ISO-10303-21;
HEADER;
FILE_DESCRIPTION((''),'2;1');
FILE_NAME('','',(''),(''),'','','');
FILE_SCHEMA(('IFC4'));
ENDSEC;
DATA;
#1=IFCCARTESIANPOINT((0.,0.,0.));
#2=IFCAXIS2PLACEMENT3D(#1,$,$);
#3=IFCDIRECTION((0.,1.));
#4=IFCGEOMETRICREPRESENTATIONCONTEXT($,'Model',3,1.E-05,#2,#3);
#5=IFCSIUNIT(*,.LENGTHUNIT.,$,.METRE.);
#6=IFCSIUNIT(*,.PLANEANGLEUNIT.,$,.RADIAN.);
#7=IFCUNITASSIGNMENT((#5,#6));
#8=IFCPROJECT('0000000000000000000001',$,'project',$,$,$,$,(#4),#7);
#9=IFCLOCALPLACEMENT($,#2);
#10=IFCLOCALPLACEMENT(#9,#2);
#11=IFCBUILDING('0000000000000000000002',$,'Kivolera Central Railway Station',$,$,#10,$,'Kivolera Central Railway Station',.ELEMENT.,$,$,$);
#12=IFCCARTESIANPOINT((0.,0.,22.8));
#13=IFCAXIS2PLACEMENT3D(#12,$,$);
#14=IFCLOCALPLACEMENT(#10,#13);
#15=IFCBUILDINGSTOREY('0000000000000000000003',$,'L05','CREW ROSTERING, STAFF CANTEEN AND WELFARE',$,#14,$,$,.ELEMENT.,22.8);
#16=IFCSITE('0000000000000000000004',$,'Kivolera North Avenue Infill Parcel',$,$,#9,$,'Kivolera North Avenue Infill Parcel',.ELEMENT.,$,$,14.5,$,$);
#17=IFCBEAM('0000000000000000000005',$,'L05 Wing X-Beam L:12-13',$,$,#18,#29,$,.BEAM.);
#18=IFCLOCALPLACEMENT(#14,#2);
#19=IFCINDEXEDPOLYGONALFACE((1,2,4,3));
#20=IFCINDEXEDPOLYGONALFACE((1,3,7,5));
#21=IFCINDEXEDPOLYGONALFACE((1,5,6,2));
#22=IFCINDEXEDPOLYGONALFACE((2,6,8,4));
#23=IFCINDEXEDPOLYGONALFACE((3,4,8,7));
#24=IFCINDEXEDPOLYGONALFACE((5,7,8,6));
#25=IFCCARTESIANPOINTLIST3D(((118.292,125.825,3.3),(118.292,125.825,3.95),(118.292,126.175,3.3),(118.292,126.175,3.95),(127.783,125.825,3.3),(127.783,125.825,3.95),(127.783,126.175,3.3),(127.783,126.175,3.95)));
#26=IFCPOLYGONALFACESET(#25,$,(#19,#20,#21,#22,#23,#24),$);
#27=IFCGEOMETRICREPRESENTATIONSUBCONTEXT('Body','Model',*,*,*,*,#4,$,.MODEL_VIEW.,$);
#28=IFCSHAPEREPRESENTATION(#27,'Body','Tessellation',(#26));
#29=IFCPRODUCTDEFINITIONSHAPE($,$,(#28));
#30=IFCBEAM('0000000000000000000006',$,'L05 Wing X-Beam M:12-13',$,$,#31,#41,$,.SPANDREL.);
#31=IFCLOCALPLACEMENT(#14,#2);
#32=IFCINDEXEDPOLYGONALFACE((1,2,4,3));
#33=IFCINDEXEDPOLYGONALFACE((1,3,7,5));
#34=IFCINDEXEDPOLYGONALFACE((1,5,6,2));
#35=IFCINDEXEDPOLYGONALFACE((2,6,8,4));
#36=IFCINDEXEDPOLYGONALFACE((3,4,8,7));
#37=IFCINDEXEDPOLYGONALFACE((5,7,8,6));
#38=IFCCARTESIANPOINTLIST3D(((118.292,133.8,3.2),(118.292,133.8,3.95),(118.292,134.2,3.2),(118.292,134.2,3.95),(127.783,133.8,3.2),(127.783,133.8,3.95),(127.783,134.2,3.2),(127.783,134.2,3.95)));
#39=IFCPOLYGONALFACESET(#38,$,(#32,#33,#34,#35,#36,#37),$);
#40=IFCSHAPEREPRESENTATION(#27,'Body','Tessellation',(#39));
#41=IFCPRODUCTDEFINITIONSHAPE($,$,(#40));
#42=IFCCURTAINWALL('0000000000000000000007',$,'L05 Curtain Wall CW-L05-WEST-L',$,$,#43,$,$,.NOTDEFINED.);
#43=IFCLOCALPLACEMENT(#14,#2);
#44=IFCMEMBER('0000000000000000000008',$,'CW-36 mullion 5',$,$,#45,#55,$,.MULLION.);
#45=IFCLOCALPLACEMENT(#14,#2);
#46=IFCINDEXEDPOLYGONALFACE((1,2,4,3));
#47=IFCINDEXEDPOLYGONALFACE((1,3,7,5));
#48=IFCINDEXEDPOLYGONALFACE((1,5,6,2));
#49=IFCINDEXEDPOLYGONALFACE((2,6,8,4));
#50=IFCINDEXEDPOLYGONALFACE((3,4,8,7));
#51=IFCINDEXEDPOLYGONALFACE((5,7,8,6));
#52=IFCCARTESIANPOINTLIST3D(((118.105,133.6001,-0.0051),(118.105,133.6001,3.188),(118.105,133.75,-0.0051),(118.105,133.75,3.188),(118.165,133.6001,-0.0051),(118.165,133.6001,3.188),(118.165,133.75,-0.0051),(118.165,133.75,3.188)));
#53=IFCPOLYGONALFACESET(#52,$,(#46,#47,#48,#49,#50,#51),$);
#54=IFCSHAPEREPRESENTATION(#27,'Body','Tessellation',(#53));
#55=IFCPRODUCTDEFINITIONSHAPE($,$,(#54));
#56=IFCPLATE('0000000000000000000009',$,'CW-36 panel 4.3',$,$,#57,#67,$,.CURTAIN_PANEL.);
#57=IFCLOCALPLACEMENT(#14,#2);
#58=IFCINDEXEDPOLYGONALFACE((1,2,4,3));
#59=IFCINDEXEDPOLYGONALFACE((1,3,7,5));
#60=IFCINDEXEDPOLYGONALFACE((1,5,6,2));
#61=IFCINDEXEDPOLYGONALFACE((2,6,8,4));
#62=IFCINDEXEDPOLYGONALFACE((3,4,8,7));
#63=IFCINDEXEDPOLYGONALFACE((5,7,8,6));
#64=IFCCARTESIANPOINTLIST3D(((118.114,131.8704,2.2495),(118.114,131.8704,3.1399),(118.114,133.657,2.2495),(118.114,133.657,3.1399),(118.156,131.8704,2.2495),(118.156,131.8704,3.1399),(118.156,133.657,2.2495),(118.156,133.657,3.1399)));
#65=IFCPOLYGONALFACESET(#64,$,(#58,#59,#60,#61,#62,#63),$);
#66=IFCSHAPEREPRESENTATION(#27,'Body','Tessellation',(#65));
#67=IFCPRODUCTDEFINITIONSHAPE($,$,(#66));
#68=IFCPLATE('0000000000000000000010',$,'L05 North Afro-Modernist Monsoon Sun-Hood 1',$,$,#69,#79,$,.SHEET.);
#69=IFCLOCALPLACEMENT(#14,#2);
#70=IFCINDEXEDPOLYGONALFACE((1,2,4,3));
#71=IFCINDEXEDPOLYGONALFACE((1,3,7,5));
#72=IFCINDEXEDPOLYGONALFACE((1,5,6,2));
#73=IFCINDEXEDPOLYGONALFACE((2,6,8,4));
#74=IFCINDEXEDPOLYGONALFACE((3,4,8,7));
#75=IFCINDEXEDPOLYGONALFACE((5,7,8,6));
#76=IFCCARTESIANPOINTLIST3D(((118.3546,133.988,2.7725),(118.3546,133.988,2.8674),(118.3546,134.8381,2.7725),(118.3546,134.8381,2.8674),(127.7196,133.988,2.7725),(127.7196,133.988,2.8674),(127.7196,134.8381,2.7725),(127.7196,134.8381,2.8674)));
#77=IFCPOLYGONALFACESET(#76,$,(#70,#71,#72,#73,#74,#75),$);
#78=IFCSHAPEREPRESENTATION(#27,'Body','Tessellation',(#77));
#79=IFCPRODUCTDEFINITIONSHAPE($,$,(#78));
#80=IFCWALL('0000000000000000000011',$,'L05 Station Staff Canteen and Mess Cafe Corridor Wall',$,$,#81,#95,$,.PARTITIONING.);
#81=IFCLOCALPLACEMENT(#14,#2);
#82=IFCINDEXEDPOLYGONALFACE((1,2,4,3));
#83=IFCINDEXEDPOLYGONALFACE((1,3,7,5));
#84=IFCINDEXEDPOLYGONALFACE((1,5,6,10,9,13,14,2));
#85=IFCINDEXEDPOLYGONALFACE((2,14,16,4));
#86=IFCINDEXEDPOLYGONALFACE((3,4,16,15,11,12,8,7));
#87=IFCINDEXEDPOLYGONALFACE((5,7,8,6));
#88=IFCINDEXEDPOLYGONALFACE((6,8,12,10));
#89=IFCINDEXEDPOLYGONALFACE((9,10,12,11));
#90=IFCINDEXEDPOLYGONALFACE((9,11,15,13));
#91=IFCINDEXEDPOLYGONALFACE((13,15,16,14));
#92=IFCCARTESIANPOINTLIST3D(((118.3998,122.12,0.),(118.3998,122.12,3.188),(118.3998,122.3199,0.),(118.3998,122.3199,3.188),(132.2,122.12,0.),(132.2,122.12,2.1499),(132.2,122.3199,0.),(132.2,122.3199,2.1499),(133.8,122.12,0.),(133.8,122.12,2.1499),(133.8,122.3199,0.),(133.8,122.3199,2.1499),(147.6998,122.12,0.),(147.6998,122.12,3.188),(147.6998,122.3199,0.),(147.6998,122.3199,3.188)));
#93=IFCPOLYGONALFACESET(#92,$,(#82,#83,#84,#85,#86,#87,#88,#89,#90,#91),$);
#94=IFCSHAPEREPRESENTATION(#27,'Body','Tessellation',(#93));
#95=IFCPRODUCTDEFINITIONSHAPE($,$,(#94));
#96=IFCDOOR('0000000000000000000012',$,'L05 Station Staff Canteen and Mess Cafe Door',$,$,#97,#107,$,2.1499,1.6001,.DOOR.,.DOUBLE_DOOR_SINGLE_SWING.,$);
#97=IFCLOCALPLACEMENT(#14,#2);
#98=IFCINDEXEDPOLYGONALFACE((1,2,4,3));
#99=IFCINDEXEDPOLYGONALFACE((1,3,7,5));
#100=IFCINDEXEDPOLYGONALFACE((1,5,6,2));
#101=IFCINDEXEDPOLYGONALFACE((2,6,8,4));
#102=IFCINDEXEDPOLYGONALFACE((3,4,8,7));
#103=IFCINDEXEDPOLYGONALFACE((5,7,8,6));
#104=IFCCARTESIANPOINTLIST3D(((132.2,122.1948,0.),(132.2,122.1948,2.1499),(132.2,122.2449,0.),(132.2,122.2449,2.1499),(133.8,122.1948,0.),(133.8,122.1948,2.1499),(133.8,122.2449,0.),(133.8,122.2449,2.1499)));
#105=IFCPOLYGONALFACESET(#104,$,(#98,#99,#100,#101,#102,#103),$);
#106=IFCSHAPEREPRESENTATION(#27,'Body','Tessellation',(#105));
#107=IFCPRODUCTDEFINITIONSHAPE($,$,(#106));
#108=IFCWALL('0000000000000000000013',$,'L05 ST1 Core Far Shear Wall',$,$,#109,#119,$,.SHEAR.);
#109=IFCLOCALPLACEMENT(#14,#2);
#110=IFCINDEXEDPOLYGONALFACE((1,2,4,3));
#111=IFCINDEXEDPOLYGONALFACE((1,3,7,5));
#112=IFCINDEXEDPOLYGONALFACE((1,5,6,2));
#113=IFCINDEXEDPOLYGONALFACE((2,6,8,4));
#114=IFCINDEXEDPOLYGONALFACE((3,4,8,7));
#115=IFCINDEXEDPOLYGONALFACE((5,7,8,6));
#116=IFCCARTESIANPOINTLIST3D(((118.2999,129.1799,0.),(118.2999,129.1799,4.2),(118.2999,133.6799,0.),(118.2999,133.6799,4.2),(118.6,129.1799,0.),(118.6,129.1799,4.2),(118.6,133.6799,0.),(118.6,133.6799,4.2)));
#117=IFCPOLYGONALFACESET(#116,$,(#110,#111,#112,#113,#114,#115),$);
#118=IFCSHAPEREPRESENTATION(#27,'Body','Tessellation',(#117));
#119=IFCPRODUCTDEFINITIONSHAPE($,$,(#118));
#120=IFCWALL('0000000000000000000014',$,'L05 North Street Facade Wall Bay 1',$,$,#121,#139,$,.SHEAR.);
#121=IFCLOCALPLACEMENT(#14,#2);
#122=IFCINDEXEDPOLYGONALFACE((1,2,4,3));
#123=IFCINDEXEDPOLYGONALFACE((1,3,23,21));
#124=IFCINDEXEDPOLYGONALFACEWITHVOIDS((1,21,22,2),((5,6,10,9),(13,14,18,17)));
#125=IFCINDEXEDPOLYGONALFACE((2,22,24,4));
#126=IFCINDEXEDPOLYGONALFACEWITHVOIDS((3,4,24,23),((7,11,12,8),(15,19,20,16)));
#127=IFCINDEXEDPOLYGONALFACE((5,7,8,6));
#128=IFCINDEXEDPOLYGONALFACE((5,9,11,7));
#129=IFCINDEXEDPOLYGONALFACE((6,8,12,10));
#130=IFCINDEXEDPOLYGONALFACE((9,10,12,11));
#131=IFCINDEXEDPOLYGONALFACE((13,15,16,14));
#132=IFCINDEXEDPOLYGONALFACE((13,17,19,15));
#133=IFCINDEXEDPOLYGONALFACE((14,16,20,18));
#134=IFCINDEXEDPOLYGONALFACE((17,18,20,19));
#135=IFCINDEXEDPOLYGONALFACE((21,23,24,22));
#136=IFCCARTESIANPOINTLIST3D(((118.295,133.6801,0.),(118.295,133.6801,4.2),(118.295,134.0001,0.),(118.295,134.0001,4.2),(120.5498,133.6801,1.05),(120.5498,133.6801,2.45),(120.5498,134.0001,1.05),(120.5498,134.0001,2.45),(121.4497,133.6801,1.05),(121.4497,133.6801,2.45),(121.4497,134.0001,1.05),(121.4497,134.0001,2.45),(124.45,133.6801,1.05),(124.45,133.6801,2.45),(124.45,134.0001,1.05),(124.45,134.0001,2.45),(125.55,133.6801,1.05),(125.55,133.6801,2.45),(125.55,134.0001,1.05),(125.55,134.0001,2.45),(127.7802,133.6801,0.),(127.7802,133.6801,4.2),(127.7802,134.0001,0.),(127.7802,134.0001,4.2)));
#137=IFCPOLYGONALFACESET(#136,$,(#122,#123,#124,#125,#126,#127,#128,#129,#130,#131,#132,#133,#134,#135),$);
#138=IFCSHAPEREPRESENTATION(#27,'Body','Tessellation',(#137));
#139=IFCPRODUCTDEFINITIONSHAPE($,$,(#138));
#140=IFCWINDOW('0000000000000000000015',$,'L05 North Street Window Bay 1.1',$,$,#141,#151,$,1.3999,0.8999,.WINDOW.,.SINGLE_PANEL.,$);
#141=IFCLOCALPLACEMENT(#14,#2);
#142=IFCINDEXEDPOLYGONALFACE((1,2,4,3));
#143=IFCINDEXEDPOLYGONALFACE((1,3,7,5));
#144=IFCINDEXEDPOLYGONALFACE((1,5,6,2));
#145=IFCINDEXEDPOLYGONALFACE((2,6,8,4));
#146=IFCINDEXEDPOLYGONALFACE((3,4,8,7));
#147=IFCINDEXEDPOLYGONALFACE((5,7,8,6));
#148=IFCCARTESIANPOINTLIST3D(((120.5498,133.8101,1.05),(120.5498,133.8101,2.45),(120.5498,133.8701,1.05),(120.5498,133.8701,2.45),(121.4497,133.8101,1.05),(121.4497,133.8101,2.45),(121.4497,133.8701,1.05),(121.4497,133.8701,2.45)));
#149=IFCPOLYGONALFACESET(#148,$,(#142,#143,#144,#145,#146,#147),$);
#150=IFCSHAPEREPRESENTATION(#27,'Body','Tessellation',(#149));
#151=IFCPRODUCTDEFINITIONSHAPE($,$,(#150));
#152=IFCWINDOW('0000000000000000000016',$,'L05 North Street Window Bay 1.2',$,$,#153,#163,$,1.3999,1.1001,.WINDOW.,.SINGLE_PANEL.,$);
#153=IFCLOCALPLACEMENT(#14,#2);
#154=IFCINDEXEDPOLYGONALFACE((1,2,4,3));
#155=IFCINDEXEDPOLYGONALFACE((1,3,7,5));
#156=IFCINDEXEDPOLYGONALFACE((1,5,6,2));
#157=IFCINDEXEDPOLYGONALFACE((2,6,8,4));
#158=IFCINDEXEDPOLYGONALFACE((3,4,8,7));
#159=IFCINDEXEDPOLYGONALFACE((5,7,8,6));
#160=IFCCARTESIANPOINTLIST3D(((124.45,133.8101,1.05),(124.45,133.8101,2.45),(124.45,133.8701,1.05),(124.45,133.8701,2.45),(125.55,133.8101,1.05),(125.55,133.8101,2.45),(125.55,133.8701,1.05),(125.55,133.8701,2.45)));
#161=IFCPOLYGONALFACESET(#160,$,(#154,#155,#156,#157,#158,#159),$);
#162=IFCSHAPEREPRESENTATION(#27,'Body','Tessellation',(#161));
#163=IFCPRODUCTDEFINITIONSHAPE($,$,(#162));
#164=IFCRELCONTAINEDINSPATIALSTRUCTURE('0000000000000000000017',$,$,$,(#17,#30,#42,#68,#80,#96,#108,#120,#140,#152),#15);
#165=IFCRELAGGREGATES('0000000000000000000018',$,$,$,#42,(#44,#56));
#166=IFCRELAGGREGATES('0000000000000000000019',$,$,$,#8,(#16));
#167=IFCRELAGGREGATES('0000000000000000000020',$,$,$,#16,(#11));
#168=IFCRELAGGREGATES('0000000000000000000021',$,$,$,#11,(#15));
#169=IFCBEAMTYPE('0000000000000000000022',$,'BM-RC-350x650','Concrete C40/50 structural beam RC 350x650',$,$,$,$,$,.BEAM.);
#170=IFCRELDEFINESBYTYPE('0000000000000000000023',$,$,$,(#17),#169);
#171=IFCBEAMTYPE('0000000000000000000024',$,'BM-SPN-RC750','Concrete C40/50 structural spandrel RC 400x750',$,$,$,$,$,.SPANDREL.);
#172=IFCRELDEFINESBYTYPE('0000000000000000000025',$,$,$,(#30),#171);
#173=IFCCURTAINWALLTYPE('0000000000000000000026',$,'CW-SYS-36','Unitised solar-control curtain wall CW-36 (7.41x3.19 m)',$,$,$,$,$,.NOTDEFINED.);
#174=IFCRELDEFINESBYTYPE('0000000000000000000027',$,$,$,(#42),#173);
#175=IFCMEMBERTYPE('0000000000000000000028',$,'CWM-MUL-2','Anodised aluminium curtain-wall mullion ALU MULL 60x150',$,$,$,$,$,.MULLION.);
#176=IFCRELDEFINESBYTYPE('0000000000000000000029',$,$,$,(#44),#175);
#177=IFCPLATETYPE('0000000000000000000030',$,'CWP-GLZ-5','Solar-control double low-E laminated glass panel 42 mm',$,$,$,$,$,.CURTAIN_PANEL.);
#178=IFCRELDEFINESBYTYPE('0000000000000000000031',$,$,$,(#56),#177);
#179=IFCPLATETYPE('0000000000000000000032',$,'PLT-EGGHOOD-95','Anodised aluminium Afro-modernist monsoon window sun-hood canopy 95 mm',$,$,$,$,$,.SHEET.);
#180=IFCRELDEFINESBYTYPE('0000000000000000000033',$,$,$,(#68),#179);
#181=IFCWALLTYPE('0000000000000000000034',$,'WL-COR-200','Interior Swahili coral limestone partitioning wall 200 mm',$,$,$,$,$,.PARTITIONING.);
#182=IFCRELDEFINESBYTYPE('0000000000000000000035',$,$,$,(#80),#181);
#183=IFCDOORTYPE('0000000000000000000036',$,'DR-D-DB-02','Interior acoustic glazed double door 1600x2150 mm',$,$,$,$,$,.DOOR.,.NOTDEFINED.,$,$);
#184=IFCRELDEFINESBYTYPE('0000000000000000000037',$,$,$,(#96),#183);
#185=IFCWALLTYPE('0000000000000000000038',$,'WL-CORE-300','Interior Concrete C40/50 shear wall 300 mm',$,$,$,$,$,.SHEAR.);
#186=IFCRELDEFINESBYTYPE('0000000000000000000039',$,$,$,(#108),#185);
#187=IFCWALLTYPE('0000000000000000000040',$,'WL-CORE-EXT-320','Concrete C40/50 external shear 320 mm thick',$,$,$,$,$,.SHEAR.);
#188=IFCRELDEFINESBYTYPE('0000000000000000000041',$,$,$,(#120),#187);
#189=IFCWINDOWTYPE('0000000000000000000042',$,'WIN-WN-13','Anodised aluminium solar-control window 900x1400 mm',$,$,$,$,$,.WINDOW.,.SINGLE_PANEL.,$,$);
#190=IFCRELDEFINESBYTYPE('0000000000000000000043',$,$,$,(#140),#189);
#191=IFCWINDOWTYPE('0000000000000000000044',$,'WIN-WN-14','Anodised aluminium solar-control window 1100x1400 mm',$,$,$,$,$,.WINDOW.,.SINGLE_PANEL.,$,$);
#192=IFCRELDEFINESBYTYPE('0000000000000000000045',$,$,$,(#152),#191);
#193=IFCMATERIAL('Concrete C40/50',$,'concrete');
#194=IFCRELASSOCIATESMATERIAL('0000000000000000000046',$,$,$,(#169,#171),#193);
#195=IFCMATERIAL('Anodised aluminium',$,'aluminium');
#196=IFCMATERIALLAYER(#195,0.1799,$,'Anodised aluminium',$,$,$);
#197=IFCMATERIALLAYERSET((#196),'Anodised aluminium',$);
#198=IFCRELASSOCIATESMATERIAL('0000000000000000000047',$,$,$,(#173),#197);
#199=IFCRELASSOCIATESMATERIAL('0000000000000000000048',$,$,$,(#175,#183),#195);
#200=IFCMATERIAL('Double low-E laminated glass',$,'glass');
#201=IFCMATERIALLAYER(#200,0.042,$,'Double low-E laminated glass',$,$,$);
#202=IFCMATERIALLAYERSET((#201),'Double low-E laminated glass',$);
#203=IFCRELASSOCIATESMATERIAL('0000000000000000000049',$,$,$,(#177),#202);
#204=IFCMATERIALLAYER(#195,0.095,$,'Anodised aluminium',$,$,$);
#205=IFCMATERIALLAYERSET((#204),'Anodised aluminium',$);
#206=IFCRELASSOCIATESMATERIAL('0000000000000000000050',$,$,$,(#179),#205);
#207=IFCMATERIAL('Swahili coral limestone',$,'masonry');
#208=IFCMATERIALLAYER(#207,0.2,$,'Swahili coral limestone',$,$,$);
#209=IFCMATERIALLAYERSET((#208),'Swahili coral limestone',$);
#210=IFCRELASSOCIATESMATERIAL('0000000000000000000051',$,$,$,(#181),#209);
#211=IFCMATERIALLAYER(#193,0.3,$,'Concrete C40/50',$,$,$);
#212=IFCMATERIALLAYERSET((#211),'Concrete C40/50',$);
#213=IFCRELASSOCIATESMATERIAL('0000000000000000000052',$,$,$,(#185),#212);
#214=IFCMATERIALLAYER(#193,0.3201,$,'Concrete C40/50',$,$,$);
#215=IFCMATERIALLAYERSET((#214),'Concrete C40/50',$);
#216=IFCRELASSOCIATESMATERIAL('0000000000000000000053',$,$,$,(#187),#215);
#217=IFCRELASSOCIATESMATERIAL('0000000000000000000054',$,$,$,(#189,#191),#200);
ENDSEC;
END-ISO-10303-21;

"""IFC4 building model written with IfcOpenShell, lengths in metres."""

from ifc_helpers import new_model, si_unit, direction, frame, frame_2d, origin, origin_2d, place, context, subcontext, project, spatial, rectangle, extrude, material, layer, layer_set, material_profile, profile_set, type_object, element, fill, aggregate, save


model = new_model("IFC4")

# Units and contexts
model_context = context("Model", 3, precision=1e-05, world=origin(), true_north=direction((0.0, 1.0)))
body_context = subcontext(model_context, "Body", "Model", "MODEL_VIEW")
ifc_project = project(units=[si_unit("LENGTHUNIT", "METRE"), si_unit("PLANEANGLEUNIT", "RADIAN")], contexts=[model_context])

# Site, building, storey
site_placement = place(None, origin())
site = spatial("IfcSite", under=ifc_project, at=site_placement, Name="Kivolera North Avenue Infill Parcel", LongName="Kivolera North Avenue Infill Parcel", CompositionType="ELEMENT", RefElevation=14.5)
building_placement = place(site_placement, origin())
building = spatial("IfcBuilding", under=site, at=building_placement, Name="Kivolera Central Railway Station", LongName="Kivolera Central Railway Station", CompositionType="ELEMENT")
storey_placement = place(building_placement, frame((0.0, 0.0, 22.8)))
storey = spatial("IfcBuildingStorey", under=building, at=storey_placement, Name="L05", Description="CREW ROSTERING, STAFF CANTEEN AND WELFARE", CompositionType="ELEMENT", Elevation=22.8)

# Beams
ifc_material_1 = material(Name="Concrete C40/50", Category="concrete")
ifc_material_profile_1 = material_profile(ifc_material_1, rectangle(XDim=0.3501, YDim=0.6499, at=origin_2d()), Name="RC 350x650")
ifc_profile_set_1 = profile_set([ifc_material_profile_1], Name="Concrete C40/50")
beam_type_1 = type_object("IfcBeamType", Name="BM-RC-350x650", Description="Concrete C40/50 structural beam RC 350x650", PredefinedType="BEAM", material=ifc_profile_set_1)
beam_1_placement = place(storey_placement, frame((118.292, 126.0, 3.625), z_axis=(1.0, 0.0, 0.0), x_axis=(0.0, 1.0, 0.0)))
element("IfcBeam", 1, at=beam_1_placement, inside=storey, type_object=beam_type_1, Name="L05 Wing X-Beam L:12-13", PredefinedType="BEAM", context=body_context, shape_type="SweptSolid", body=[
    extrude(rectangle(XDim=0.3501, YDim=0.6499, at=origin_2d()), origin(), (0.0, 0.0, 1.0), 9.491),
])
ifc_material_profile_2 = material_profile(ifc_material_1, rectangle(XDim=0.3999, YDim=0.75, at=origin_2d()), Name="RC 400x750")
ifc_profile_set_2 = profile_set([ifc_material_profile_2], Name="Concrete C40/50")
beam_type_2 = type_object("IfcBeamType", Name="BM-SPN-RC750", Description="Concrete C40/50 structural spandrel RC 400x750", PredefinedType="SPANDREL", material=ifc_profile_set_2)
beam_2_placement = place(storey_placement, frame((118.292, 134.0, 3.575), z_axis=(1.0, 0.0, 0.0), x_axis=(0.0, 1.0, 0.0)))
element("IfcBeam", 2, at=beam_2_placement, inside=storey, type_object=beam_type_2, Name="L05 Wing X-Beam M:12-13", PredefinedType="SPANDREL", context=body_context, shape_type="SweptSolid", body=[
    extrude(rectangle(XDim=0.3999, YDim=0.75, at=origin_2d()), origin(), (0.0, 0.0, 1.0), 9.491),
])

# Curtain wall, member, plate
ifc_material_2 = material(Name="Anodised aluminium", Category="aluminium")
ifc_layer_1 = layer(ifc_material_2, 0.1799, Name="Anodised aluminium")
ifc_layer_set_1 = layer_set([ifc_layer_1], Name="Anodised aluminium")
curtain_wall_type = type_object("IfcCurtainWallType", Name="CW-SYS-36", Description="Unitised solar-control curtain wall CW-36 (7.41x3.19 m)", PredefinedType="NOTDEFINED", material=ifc_layer_set_1)
curtain_wall_placement = place(storey_placement, origin())
curtain_wall = element("IfcCurtainWall", 3, at=curtain_wall_placement, inside=storey, type_object=curtain_wall_type, Name="L05 Curtain Wall CW-L05-WEST-L", PredefinedType="NOTDEFINED")
ifc_material_profile_3 = material_profile(ifc_material_2, rectangle(XDim=0.0601, YDim=0.1499, at=origin_2d()), Name="ALU MULL 60x150")
ifc_profile_set_3 = profile_set([ifc_material_profile_3], Name="Anodised aluminium")
member_type = type_object("IfcMemberType", Name="CWM-MUL-2", Description="Anodised aluminium curtain-wall mullion ALU MULL 60x150", PredefinedType="MULLION", material=ifc_profile_set_3)
member_placement = place(storey_placement, frame((118.135, 133.675, -0.0051), z_axis=(0.0, 0.0, 1.0), x_axis=(-1.0, 0.0, 0.0)))
member = element("IfcMember", 4, at=member_placement, type_object=member_type, Name="CW-36 mullion 5", PredefinedType="MULLION", context=body_context, shape_type="SweptSolid", body=[
    extrude(rectangle(XDim=0.0601, YDim=0.1499, at=origin_2d()), origin(), (0.0, 0.0, 1.0), 3.1931),
])
ifc_material_3 = material(Name="Double low-E laminated glass", Category="glass")
ifc_layer_2 = layer(ifc_material_3, 0.042, Name="Double low-E laminated glass")
ifc_layer_set_2 = layer_set([ifc_layer_2], Name="Double low-E laminated glass")
plate_type_1 = type_object("IfcPlateType", Name="CWP-GLZ-5", Description="Solar-control double low-E laminated glass panel 42 mm", PredefinedType="CURTAIN_PANEL", material=ifc_layer_set_2)
plate_1_placement = place(storey_placement, frame((118.135, 132.7637, 2.2495), z_axis=(0.0, 0.0, 1.0), x_axis=(0.0, 1.0, 0.0)))
plate_1 = element("IfcPlate", 5, at=plate_1_placement, type_object=plate_type_1, Name="CW-36 panel 4.3", PredefinedType="CURTAIN_PANEL", context=body_context, shape_type="SweptSolid", body=[
    extrude(rectangle(XDim=1.7866, YDim=0.042, at=origin_2d()), origin(), (0.0, 0.0, 1.0), 0.8904),
])
aggregate(curtain_wall, [member, plate_1])

# Plate
ifc_layer_3 = layer(ifc_material_2, 0.095, Name="Anodised aluminium")
ifc_layer_set_3 = layer_set([ifc_layer_3], Name="Anodised aluminium")
plate_type_2 = type_object("IfcPlateType", Name="PLT-EGGHOOD-95", Description="Anodised aluminium Afro-modernist monsoon window sun-hood canopy 95 mm", PredefinedType="SHEET", material=ifc_layer_set_3)
plate_2_placement = place(storey_placement, frame((123.0371, 134.4131, 2.7725), z_axis=(0.0, 0.0, 1.0), x_axis=(1.0, 0.0, 0.0)))
element("IfcPlate", 6, at=plate_2_placement, inside=storey, type_object=plate_type_2, Name="L05 North Afro-Modernist Monsoon Sun-Hood 1", PredefinedType="SHEET", context=body_context, shape_type="SweptSolid", body=[
    extrude(rectangle(XDim=9.365, YDim=0.8501, at=origin_2d()), origin(), (0.0, 0.0, 1.0), 0.095),
])

# Wall, opening, door
ifc_material_4 = material(Name="Swahili coral limestone", Category="masonry")
ifc_layer_4 = layer(ifc_material_4, 0.2, Name="Swahili coral limestone")
ifc_layer_set_4 = layer_set([ifc_layer_4], Name="Swahili coral limestone")
wall_type_1 = type_object("IfcWallType", Name="WL-COR-200", Description="Interior Swahili coral limestone partitioning wall 200 mm", PredefinedType="PARTITIONING", material=ifc_layer_set_4)
wall_1_placement = place(storey_placement, frame((118.3999, 122.22, 0.0), z_axis=(0.0, 0.0, 1.0), x_axis=(1.0, 0.0, 0.0)))
wall_1 = element("IfcWall", 7, at=wall_1_placement, inside=storey, type_object=wall_type_1, Name="L05 Station Staff Canteen and Mess Cafe Corridor Wall", PredefinedType="PARTITIONING", context=body_context, shape_type="SweptSolid", body=[
    extrude(rectangle(XDim=29.3, YDim=0.2, at=frame_2d((14.6499, 0.0))), origin(), (0.0, 0.0, 1.0), 3.188),
])
opening_1_placement = place(wall_1_placement, frame((13.8, 0.0, 0.0)))
opening_1 = element("IfcOpeningElement", 8, at=opening_1_placement, cuts=wall_1, PredefinedType="OPENING", context=body_context, shape_type="SweptSolid", body=[
    extrude(rectangle(XDim=1.6001, YDim=2.1499, at=frame_2d((0.8, 1.075))), frame((0.0, 0.1099, 0.0), z_axis=(0.0, -1.0, 0.0), x_axis=(1.0, 0.0, 0.0)), (0.0, 0.0, 1.0), 0.22),
])
door_type_1 = type_object("IfcDoorType", Name="DR-D-DB-02", Description="Interior acoustic glazed double door 1600x2150 mm", OperationType="NOTDEFINED", PredefinedType="DOOR", material=ifc_material_2)
door_1_placement = place(opening_1_placement, origin())
door_1 = element("IfcDoor", 9, at=door_1_placement, inside=storey, type_object=door_type_1, Name="L05 Station Staff Canteen and Mess Cafe Door", OperationType="DOUBLE_DOOR_SINGLE_SWING", OverallHeight=2.1499, OverallWidth=1.6001, PredefinedType="DOOR", context=body_context, shape_type="SweptSolid", body=[
    extrude(rectangle(XDim=1.6001, YDim=2.1499, at=frame_2d((0.8, 1.075))), frame((0.0, 0.0249, 0.0), z_axis=(0.0, -1.0, 0.0), x_axis=(1.0, 0.0, 0.0)), (0.0, 0.0, 1.0), 0.05),
])
fill(opening_1, door_1)

# Wall
ifc_layer_5 = layer(ifc_material_1, 0.3, Name="Concrete C40/50")
ifc_layer_set_5 = layer_set([ifc_layer_5], Name="Concrete C40/50")
wall_type_2 = type_object("IfcWallType", Name="WL-CORE-300", Description="Interior Concrete C40/50 shear wall 300 mm", PredefinedType="SHEAR", material=ifc_layer_set_5)
wall_2_placement = place(storey_placement, frame((118.45, 129.1799, 0.0), z_axis=(0.0, 0.0, 1.0), x_axis=(0.0, 1.0, 0.0)))
element("IfcWall", 10, at=wall_2_placement, inside=storey, type_object=wall_type_2, Name="L05 ST1 Core Far Shear Wall", PredefinedType="SHEAR", context=body_context, shape_type="SweptSolid", body=[
    extrude(rectangle(XDim=4.5, YDim=0.3, at=frame_2d((2.25, 0.0))), origin(), (0.0, 0.0, 1.0), 4.2),
])

# Wall, openings, windows
ifc_layer_6 = layer(ifc_material_1, 0.3201, Name="Concrete C40/50")
ifc_layer_set_6 = layer_set([ifc_layer_6], Name="Concrete C40/50")
wall_type_3 = type_object("IfcWallType", Name="WL-CORE-EXT-320", Description="Concrete C40/50 external shear 320 mm thick", PredefinedType="SHEAR", material=ifc_layer_set_6)
wall_3_placement = place(storey_placement, frame((118.2949, 133.8401, 0.0), z_axis=(0.0, 0.0, 1.0), x_axis=(1.0, 0.0, 0.0)))
wall_3 = element("IfcWall", 11, at=wall_3_placement, inside=storey, type_object=wall_type_3, Name="L05 North Street Facade Wall Bay 1", PredefinedType="SHEAR", context=body_context, shape_type="SweptSolid", body=[
    extrude(rectangle(XDim=9.4851, YDim=0.3201, at=frame_2d((4.7427, 0.0))), origin(), (0.0, 0.0, 1.0), 4.2),
])
opening_2_placement = place(wall_3_placement, frame((2.2549, 0.0, 1.05)))
opening_2 = element("IfcOpeningElement", 12, at=opening_2_placement, cuts=wall_3, PredefinedType="OPENING", context=body_context, shape_type="SweptSolid", body=[
    extrude(rectangle(XDim=0.8999, YDim=1.3999, at=frame_2d((0.45, 0.7))), frame((0.0, 0.1699, 0.0), z_axis=(0.0, -1.0, 0.0), x_axis=(1.0, 0.0, 0.0)), (0.0, 0.0, 1.0), 0.3401),
])
opening_3_placement = place(wall_3_placement, frame((6.155, 0.0, 1.05)))
opening_3 = element("IfcOpeningElement", 13, at=opening_3_placement, cuts=wall_3, PredefinedType="OPENING", context=body_context, shape_type="SweptSolid", body=[
    extrude(rectangle(XDim=1.1001, YDim=1.3999, at=frame_2d((0.55, 0.7))), frame((0.0, 0.1699, 0.0), z_axis=(0.0, -1.0, 0.0), x_axis=(1.0, 0.0, 0.0)), (0.0, 0.0, 1.0), 0.3401),
])
window_type_1 = type_object("IfcWindowType", Name="WIN-WN-13", Description="Anodised aluminium solar-control window 900x1400 mm", PartitioningType="SINGLE_PANEL", PredefinedType="WINDOW", material=ifc_material_3)
window_1_placement = place(opening_2_placement, origin())
window_1 = element("IfcWindow", 14, at=window_1_placement, inside=storey, type_object=window_type_1, Name="L05 North Street Window Bay 1.1", OverallHeight=1.3999, OverallWidth=0.8999, PartitioningType="SINGLE_PANEL", PredefinedType="WINDOW", context=body_context, shape_type="SweptSolid", body=[
    extrude(rectangle(XDim=0.8999, YDim=1.3999, at=frame_2d((0.45, 0.7))), frame((0.0, 0.03, 0.0), z_axis=(0.0, -1.0, 0.0), x_axis=(1.0, 0.0, 0.0)), (0.0, 0.0, 1.0), 0.0601),
])
fill(opening_2, window_1)
window_type_2 = type_object("IfcWindowType", Name="WIN-WN-14", Description="Anodised aluminium solar-control window 1100x1400 mm", PartitioningType="SINGLE_PANEL", PredefinedType="WINDOW", material=ifc_material_3)
window_2_placement = place(opening_3_placement, origin())
window_2 = element("IfcWindow", 15, at=window_2_placement, inside=storey, type_object=window_type_2, Name="L05 North Street Window Bay 1.2", OverallHeight=1.3999, OverallWidth=1.1001, PartitioningType="SINGLE_PANEL", PredefinedType="WINDOW", context=body_context, shape_type="SweptSolid", body=[
    extrude(rectangle(XDim=1.1001, YDim=1.3999, at=frame_2d((0.55, 0.7))), frame((0.0, 0.03, 0.0), z_axis=(0.0, -1.0, 0.0), x_axis=(1.0, 0.0, 0.0)), (0.0, 0.0, 1.0), 0.0601),
])
fill(opening_3, window_2)

save(model, "model.ifc")
